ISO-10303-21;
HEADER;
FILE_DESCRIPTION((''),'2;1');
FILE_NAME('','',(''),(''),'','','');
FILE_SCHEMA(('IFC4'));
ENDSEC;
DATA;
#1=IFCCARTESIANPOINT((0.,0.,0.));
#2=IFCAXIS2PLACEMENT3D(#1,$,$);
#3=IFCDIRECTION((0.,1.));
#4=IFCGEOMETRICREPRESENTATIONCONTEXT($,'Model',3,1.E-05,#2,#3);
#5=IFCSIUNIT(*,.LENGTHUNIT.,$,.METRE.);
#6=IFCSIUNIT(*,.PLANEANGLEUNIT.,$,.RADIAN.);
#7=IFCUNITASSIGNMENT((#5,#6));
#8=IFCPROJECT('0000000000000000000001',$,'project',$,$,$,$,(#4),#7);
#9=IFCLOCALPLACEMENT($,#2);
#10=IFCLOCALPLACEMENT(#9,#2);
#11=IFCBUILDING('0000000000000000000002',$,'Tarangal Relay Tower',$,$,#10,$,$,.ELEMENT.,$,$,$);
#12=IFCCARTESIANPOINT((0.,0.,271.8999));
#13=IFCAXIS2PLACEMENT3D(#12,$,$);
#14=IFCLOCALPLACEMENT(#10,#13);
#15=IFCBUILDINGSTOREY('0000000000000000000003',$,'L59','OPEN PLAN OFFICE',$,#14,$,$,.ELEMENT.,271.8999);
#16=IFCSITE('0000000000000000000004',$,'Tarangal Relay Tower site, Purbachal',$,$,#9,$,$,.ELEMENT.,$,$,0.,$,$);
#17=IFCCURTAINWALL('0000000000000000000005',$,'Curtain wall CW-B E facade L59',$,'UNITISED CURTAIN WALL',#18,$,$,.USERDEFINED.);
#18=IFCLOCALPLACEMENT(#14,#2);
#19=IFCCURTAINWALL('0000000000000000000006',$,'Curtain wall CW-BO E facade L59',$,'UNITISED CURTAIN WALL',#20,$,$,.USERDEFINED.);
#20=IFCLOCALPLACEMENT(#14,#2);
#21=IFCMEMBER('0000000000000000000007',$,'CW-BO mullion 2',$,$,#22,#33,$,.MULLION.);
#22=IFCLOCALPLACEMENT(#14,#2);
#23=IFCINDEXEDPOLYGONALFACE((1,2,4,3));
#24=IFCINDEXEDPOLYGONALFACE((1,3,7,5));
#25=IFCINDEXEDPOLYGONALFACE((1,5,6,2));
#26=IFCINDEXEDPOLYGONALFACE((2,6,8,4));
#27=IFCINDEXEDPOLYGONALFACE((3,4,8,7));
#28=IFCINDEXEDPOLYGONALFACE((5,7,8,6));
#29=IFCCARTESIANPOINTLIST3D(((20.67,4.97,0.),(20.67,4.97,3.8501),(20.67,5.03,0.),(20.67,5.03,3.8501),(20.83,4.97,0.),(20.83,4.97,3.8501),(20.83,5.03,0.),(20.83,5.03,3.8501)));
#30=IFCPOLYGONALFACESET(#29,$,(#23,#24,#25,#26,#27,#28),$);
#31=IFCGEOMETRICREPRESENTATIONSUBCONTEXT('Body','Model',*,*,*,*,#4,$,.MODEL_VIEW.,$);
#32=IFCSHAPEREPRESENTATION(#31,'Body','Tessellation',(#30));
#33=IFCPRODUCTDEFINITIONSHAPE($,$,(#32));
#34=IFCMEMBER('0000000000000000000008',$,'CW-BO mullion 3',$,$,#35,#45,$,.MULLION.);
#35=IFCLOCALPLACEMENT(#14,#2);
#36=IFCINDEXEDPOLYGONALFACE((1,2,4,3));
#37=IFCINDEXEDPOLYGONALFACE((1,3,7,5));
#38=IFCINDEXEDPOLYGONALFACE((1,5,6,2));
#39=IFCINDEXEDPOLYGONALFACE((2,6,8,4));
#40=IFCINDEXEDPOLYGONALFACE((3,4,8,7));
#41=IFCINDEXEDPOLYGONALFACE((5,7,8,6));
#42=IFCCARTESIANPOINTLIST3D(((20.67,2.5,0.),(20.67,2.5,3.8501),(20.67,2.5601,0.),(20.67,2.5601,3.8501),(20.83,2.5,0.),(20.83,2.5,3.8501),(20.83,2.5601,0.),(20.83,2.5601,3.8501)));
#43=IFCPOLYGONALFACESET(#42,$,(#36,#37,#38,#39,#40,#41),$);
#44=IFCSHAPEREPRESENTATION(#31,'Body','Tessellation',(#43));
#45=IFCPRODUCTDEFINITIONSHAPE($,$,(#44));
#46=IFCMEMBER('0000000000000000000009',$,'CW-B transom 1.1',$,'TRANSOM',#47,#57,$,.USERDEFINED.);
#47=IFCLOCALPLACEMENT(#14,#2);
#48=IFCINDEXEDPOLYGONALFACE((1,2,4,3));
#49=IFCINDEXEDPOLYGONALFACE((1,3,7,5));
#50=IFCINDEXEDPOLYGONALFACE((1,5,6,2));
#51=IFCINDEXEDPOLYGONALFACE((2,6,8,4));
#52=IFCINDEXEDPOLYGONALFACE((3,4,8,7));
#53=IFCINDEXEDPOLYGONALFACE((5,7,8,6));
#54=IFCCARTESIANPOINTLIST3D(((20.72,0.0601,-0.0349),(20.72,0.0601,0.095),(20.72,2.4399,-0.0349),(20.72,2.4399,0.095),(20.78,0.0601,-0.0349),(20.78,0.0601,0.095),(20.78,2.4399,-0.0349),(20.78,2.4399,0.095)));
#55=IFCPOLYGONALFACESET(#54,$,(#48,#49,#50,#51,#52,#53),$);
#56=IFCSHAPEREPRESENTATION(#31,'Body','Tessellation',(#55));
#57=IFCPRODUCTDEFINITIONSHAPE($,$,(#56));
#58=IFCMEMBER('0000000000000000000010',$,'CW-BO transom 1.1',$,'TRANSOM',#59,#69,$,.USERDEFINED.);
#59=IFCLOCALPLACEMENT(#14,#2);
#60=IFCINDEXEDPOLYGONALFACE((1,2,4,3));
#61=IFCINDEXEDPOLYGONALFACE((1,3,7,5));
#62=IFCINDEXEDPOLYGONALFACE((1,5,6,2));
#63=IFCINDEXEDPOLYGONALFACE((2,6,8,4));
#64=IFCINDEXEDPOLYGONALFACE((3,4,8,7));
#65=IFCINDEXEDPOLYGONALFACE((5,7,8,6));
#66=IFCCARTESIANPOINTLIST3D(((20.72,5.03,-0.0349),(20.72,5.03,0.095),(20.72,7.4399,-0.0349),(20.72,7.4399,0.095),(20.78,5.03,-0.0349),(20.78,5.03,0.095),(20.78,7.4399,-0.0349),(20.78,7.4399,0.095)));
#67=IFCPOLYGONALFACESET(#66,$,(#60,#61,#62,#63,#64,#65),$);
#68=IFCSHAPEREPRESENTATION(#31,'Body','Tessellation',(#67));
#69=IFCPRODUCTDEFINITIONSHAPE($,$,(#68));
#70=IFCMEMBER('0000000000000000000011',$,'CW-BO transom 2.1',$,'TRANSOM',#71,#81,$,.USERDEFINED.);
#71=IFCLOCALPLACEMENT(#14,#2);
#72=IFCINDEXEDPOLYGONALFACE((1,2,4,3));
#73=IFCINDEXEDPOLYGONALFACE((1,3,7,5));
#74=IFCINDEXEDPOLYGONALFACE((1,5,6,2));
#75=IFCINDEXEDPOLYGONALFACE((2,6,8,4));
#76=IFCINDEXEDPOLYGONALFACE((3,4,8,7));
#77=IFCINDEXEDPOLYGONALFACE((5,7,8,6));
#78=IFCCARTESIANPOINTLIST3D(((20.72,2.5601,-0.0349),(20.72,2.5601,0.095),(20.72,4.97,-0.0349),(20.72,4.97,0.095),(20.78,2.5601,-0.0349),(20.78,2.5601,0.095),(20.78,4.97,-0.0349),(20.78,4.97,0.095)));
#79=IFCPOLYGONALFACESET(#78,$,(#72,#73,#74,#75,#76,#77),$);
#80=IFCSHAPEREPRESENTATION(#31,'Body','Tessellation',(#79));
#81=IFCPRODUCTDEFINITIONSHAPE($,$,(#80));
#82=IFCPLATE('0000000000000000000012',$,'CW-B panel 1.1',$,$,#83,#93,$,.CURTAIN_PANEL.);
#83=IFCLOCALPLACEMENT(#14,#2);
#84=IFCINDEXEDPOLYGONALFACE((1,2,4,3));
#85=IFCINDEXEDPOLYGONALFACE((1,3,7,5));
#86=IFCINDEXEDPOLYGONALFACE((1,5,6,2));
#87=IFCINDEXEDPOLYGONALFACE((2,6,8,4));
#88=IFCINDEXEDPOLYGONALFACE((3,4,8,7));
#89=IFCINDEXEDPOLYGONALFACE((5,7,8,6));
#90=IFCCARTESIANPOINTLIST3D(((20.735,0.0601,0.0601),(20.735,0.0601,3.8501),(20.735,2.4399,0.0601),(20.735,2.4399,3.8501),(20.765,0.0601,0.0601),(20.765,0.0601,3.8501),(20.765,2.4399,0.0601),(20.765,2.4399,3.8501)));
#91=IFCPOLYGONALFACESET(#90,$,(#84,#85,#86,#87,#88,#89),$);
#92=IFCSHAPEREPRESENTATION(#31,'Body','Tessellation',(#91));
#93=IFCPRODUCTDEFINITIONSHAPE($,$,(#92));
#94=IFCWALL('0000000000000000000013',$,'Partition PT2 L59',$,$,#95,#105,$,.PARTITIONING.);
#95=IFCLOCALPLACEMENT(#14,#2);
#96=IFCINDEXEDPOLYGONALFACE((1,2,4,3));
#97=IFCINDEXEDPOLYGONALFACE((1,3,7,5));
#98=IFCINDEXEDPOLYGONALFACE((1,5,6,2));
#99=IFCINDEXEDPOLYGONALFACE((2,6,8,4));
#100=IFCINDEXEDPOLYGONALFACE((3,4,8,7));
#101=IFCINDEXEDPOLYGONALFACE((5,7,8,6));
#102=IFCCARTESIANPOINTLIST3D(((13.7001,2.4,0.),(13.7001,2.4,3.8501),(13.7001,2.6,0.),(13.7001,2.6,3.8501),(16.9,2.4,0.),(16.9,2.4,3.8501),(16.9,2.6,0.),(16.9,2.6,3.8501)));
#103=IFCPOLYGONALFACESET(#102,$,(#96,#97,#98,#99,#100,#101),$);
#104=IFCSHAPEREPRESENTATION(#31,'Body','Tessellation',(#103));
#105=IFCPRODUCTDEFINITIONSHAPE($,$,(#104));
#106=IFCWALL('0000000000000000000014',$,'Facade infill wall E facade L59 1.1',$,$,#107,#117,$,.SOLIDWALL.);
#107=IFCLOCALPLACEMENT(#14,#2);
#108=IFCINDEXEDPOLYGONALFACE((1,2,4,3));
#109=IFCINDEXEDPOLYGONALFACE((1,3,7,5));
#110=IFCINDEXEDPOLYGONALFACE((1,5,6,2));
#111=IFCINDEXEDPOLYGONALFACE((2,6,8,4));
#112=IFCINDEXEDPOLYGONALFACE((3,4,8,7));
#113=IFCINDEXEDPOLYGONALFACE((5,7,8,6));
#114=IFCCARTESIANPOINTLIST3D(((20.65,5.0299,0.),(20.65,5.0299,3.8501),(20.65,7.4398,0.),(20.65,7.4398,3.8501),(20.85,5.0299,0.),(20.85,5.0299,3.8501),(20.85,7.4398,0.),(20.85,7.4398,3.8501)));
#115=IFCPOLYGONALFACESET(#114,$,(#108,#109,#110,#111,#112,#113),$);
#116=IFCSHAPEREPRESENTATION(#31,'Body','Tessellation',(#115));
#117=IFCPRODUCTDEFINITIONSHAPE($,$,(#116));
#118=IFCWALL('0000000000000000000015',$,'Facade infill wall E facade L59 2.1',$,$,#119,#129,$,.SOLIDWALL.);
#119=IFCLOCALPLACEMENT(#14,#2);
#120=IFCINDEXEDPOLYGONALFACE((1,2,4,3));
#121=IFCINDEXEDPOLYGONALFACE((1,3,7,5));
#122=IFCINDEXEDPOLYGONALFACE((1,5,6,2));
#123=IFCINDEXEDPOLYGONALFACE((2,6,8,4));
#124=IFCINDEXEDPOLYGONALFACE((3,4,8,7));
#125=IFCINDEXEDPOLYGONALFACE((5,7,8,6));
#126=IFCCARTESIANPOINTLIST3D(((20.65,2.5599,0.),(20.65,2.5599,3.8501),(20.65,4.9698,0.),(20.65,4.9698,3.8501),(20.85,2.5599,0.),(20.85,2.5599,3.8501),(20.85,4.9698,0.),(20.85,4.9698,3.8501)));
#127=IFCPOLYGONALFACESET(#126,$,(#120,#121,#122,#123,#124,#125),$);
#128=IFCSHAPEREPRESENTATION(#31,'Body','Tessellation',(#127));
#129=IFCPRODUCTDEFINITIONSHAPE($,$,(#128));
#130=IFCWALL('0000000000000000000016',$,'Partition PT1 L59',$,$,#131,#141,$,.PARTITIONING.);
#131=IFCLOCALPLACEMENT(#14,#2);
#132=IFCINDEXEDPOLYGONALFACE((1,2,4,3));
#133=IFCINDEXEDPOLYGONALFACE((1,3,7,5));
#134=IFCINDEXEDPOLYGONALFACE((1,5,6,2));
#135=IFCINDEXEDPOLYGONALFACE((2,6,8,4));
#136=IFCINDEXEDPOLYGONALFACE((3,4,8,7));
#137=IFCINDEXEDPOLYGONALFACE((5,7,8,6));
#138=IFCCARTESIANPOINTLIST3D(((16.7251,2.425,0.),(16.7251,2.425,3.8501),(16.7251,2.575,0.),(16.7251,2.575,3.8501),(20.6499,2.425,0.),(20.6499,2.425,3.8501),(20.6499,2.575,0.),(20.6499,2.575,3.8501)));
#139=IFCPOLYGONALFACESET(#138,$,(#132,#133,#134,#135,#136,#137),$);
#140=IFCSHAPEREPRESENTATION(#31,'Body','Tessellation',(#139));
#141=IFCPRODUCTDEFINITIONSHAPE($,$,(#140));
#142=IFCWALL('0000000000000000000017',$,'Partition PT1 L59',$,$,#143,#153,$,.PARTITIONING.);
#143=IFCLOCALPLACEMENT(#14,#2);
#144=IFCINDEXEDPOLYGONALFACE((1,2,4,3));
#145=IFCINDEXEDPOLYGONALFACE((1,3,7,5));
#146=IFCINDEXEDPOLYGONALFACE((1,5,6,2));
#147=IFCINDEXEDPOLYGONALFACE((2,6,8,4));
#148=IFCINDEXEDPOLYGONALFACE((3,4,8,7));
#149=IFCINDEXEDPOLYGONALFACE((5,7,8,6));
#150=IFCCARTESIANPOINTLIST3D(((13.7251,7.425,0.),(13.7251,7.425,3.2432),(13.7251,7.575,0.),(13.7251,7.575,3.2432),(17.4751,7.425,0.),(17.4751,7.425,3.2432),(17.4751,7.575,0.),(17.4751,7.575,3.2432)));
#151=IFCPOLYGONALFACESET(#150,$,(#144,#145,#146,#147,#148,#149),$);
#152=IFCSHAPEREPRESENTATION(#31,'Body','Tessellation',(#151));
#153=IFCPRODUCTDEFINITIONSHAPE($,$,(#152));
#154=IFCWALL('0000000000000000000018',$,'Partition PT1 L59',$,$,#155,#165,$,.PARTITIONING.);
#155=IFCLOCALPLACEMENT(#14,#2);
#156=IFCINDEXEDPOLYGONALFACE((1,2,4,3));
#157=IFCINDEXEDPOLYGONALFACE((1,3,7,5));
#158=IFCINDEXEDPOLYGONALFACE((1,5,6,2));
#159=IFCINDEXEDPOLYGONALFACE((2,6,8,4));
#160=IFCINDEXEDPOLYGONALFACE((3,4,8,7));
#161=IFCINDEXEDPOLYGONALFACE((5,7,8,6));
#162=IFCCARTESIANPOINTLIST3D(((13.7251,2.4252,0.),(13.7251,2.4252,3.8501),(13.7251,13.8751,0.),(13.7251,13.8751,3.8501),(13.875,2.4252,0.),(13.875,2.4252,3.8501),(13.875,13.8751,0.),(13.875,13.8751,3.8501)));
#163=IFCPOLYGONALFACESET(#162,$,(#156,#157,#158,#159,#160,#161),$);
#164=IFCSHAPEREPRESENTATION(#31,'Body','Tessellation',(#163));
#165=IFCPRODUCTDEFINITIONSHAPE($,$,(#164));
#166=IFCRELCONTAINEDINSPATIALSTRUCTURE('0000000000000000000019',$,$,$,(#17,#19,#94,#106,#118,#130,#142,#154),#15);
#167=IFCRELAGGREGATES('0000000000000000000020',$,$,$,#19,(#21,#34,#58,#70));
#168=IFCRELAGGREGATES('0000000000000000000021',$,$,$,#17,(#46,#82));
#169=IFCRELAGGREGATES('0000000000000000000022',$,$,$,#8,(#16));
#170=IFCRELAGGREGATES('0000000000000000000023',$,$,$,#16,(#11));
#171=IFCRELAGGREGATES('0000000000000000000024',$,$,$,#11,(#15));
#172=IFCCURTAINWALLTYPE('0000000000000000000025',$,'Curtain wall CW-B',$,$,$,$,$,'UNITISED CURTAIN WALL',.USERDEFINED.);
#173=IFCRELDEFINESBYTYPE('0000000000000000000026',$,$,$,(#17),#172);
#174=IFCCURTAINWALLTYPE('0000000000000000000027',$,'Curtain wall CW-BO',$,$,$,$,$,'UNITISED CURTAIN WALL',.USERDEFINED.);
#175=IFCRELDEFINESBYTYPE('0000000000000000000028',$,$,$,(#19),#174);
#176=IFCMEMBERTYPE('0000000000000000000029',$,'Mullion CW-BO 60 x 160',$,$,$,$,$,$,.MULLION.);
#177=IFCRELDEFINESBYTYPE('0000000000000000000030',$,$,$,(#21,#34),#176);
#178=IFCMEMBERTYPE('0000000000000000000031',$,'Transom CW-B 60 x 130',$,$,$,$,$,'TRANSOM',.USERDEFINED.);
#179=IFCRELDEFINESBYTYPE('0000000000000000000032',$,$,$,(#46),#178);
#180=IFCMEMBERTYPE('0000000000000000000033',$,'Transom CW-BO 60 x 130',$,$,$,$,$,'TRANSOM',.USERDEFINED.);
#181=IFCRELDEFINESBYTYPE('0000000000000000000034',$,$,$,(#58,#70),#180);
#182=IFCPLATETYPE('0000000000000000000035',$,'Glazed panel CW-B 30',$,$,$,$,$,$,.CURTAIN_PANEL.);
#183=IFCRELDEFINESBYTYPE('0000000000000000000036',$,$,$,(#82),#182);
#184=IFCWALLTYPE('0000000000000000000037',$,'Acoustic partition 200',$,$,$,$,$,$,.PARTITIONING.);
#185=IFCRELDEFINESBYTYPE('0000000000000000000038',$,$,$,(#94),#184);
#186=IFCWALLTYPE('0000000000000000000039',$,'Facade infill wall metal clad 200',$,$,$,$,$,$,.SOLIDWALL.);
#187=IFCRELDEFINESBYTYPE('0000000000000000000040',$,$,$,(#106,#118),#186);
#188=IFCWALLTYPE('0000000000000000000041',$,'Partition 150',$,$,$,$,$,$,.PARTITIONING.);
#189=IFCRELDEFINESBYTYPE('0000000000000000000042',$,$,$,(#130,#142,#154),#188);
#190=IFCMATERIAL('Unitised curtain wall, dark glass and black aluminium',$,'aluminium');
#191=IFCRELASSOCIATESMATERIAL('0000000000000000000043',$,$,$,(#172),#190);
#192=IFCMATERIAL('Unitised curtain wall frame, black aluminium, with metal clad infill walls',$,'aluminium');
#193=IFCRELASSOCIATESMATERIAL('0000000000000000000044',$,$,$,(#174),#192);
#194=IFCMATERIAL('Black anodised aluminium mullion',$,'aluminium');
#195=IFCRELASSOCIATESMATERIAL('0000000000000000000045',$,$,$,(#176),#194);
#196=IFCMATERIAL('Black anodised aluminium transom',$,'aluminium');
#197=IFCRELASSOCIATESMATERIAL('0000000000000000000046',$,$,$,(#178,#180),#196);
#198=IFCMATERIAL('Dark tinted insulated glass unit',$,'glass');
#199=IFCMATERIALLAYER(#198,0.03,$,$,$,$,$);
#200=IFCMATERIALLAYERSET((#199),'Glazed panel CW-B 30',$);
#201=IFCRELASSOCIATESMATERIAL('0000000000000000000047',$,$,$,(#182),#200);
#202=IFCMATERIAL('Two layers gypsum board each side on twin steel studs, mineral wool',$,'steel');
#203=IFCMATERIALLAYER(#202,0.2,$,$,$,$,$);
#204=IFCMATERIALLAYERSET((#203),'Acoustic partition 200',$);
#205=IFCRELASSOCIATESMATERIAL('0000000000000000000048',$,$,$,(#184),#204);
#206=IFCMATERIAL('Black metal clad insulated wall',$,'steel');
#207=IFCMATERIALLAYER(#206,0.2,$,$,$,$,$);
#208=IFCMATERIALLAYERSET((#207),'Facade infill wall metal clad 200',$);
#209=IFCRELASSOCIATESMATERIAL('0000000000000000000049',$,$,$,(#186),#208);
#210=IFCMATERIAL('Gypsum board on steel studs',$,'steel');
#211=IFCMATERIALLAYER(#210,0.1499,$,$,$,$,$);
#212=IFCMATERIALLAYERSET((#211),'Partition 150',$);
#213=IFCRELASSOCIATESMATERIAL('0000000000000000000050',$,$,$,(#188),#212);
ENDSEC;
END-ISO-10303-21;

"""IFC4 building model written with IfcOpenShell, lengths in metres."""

from ifc_helpers import new_model, si_unit, direction, frame, frame_2d, origin, origin_2d, place, context, subcontext, project, spatial, rectangle, extrude, material, layer, layer_set, material_profile, profile_set, type_object, element, aggregate, save


model = new_model("IFC4")

# Units and contexts
model_context = context("Model", 3, precision=1e-05, world=origin(), true_north=direction((0.0, 1.0)))
body_context = subcontext(model_context, "Body", "Model", "MODEL_VIEW")
ifc_project = project(units=[si_unit("LENGTHUNIT", "METRE"), si_unit("PLANEANGLEUNIT", "RADIAN")], contexts=[model_context])

# Site, building, storey
site_placement = place(None, origin())
site = spatial("IfcSite", under=ifc_project, at=site_placement, Name="Tarangal Relay Tower site, Purbachal", CompositionType="ELEMENT", RefElevation=0.0)
building_placement = place(site_placement, origin())
building = spatial("IfcBuilding", under=site, at=building_placement, Name="Tarangal Relay Tower", CompositionType="ELEMENT")
storey_placement = place(building_placement, frame((0.0, 0.0, 271.8999)))
storey = spatial("IfcBuildingStorey", under=building, at=storey_placement, Name="L59", Description="OPEN PLAN OFFICE", CompositionType="ELEMENT", Elevation=271.8999)

# Curtain wall
ifc_material_1 = material(Name="Unitised curtain wall, dark glass and black aluminium", Category="aluminium")
curtain_wall_type_1 = type_object("IfcCurtainWallType", Name="Curtain wall CW-B", ElementType="UNITISED CURTAIN WALL", PredefinedType="USERDEFINED", material=ifc_material_1)
curtain_wall_1_placement = place(storey_placement, origin())
curtain_wall_1 = element("IfcCurtainWall", 1, at=curtain_wall_1_placement, inside=storey, type_object=curtain_wall_type_1, Name="Curtain wall CW-B E facade L59", ObjectType="UNITISED CURTAIN WALL", PredefinedType="USERDEFINED")
ifc_material_2 = material(Name="Black anodised aluminium mullion", Category="aluminium")

# Shared definitions
ifc_material_3 = material(Name="Unitised curtain wall frame, black aluminium, with metal clad infill walls", Category="aluminium")
curtain_wall_type_2 = type_object("IfcCurtainWallType", Name="Curtain wall CW-BO", ElementType="UNITISED CURTAIN WALL", PredefinedType="USERDEFINED", material=ifc_material_3)
ifc_material_profile_1 = material_profile(ifc_material_2, rectangle(XDim=0.1599, YDim=0.0601, at=origin_2d()), Name="CW-BOM 60X160")
ifc_profile_set_1 = profile_set([ifc_material_profile_1], Name="Black anodised aluminium mullion")
member_type_1 = type_object("IfcMemberType", Name="Mullion CW-BO 60 x 160", PredefinedType="MULLION", material=ifc_profile_set_1)

# Curtain wall, members
curtain_wall_2_placement = place(storey_placement, origin())
curtain_wall_2 = element("IfcCurtainWall", 2, at=curtain_wall_2_placement, inside=storey, type_object=curtain_wall_type_2, Name="Curtain wall CW-BO E facade L59", ObjectType="UNITISED CURTAIN WALL", PredefinedType="USERDEFINED")
member_1_placement = place(storey_placement, frame((20.75, 5.0, 0.0), z_axis=(0.0, 0.0, 1.0), x_axis=(1.0, 0.0, 0.0)))
member_1 = element("IfcMember", 3, at=member_1_placement, type_object=member_type_1, Name="CW-BO mullion 2", PredefinedType="MULLION", context=body_context, shape_type="SweptSolid", body=[
    extrude(rectangle(XDim=0.1599, YDim=0.0601, at=origin_2d()), origin(), (0.0, 0.0, 1.0), 3.8501),
])
member_2_placement = place(storey_placement, frame((20.75, 2.53, 0.0), z_axis=(0.0, 0.0, 1.0), x_axis=(1.0, 0.0, 0.0)))
member_2 = element("IfcMember", 4, at=member_2_placement, type_object=member_type_1, Name="CW-BO mullion 3", PredefinedType="MULLION", context=body_context, shape_type="SweptSolid", body=[
    extrude(rectangle(XDim=0.1599, YDim=0.0601, at=origin_2d()), origin(), (0.0, 0.0, 1.0), 3.8501),
])

# Members
ifc_material_4 = material(Name="Black anodised aluminium transom", Category="aluminium")
ifc_material_profile_2 = material_profile(ifc_material_4, rectangle(XDim=0.0601, YDim=0.1299, at=origin_2d()), Name="CW-BT 60X130")
ifc_profile_set_2 = profile_set([ifc_material_profile_2], Name="Black anodised aluminium transom")
member_type_2 = type_object("IfcMemberType", Name="Transom CW-B 60 x 130", ElementType="TRANSOM", PredefinedType="USERDEFINED", material=ifc_profile_set_2)
member_3_placement = place(storey_placement, frame((20.75, 2.4399, 0.03), z_axis=(0.0, -1.0, 0.0), x_axis=(1.0, 0.0, 0.0)))
member_3 = element("IfcMember", 5, at=member_3_placement, type_object=member_type_2, Name="CW-B transom 1.1", ObjectType="TRANSOM", PredefinedType="USERDEFINED", context=body_context, shape_type="SweptSolid", body=[
    extrude(rectangle(XDim=0.0601, YDim=0.1299, at=origin_2d()), origin(), (0.0, 0.0, 1.0), 2.3799),
])
ifc_material_profile_3 = material_profile(ifc_material_4, rectangle(XDim=0.0601, YDim=0.1299, at=origin_2d()), Name="CW-BOT 60X130")
ifc_profile_set_3 = profile_set([ifc_material_profile_3], Name="Black anodised aluminium transom")
member_type_3 = type_object("IfcMemberType", Name="Transom CW-BO 60 x 130", ElementType="TRANSOM", PredefinedType="USERDEFINED", material=ifc_profile_set_3)
member_4_placement = place(storey_placement, frame((20.75, 7.4399, 0.03), z_axis=(0.0, -1.0, 0.0), x_axis=(1.0, 0.0, 0.0)))
member_4 = element("IfcMember", 6, at=member_4_placement, type_object=member_type_3, Name="CW-BO transom 1.1", ObjectType="TRANSOM", PredefinedType="USERDEFINED", context=body_context, shape_type="SweptSolid", body=[
    extrude(rectangle(XDim=0.0601, YDim=0.1299, at=origin_2d()), origin(), (0.0, 0.0, 1.0), 2.4099),
])
member_5_placement = place(storey_placement, frame((20.75, 4.97, 0.03), z_axis=(0.0, -1.0, 0.0), x_axis=(1.0, 0.0, 0.0)))
member_5 = element("IfcMember", 7, at=member_5_placement, type_object=member_type_3, Name="CW-BO transom 2.1", ObjectType="TRANSOM", PredefinedType="USERDEFINED", context=body_context, shape_type="SweptSolid", body=[
    extrude(rectangle(XDim=0.0601, YDim=0.1299, at=origin_2d()), origin(), (0.0, 0.0, 1.0), 2.4099),
])
aggregate(curtain_wall_2, [member_1, member_2, member_4, member_5])

# Plate
ifc_material_5 = material(Name="Dark tinted insulated glass unit", Category="glass")
ifc_layer_1 = layer(ifc_material_5, 0.03)
ifc_layer_set_1 = layer_set([ifc_layer_1], Name="Glazed panel CW-B 30")
plate_type = type_object("IfcPlateType", Name="Glazed panel CW-B 30", PredefinedType="CURTAIN_PANEL", material=ifc_layer_set_1)
plate_placement = place(storey_placement, frame((20.75, 1.25, 0.0601), z_axis=(0.0, 0.0, 1.0), x_axis=(0.0, -1.0, 0.0)))
plate = element("IfcPlate", 8, at=plate_placement, type_object=plate_type, Name="CW-B panel 1.1", PredefinedType="CURTAIN_PANEL", context=body_context, shape_type="SweptSolid", body=[
    extrude(rectangle(XDim=2.3799, YDim=0.03, at=origin_2d()), origin(), (0.0, 0.0, 1.0), 3.79),
])
aggregate(curtain_wall_1, [member_3, plate])

# Walls
ifc_material_6 = material(Name="Two layers gypsum board each side on twin steel studs, mineral wool", Category="steel")
ifc_layer_2 = layer(ifc_material_6, 0.2)
ifc_layer_set_2 = layer_set([ifc_layer_2], Name="Acoustic partition 200")
wall_type_1 = type_object("IfcWallType", Name="Acoustic partition 200", PredefinedType="PARTITIONING", material=ifc_layer_set_2)
wall_1_placement = place(storey_placement, frame((13.7, 2.5, 0.0), z_axis=(0.0, 0.0, 1.0), x_axis=(1.0, 0.0, 0.0)))
element("IfcWall", 9, at=wall_1_placement, inside=storey, type_object=wall_type_1, Name="Partition PT2 L59", PredefinedType="PARTITIONING", context=body_context, shape_type="SweptSolid", body=[
    extrude(rectangle(XDim=3.2, YDim=0.2, at=frame_2d((1.6001, 0.0))), origin(), (0.0, 0.0, 1.0), 3.8501),
])
ifc_material_7 = material(Name="Black metal clad insulated wall", Category="steel")
ifc_layer_3 = layer(ifc_material_7, 0.2)
ifc_layer_set_3 = layer_set([ifc_layer_3], Name="Facade infill wall metal clad 200")
wall_type_2 = type_object("IfcWallType", Name="Facade infill wall metal clad 200", PredefinedType="SOLIDWALL", material=ifc_layer_set_3)
for number, where, z_axis, x_axis, name in (
    (10, (20.75, 7.4399, 0.0), (0.0, 0.0, 1.0), (0.0, -1.0, 0.0), "Facade infill wall E facade L59 1.1"),
    (11, (20.75, 4.97, 0.0), (0.0, 0.0, 1.0), (0.0, -1.0, 0.0), "Facade infill wall E facade L59 2.1"),
):
    element("IfcWall", number, at=place(storey_placement, frame(where, z_axis=z_axis, x_axis=x_axis)), inside=storey, type_object=wall_type_2, Name=name, PredefinedType="SOLIDWALL", context=body_context, shape_type="SweptSolid", body=[
        extrude(rectangle(XDim=2.4099, YDim=0.2, at=frame_2d((1.2051, 0.0))), origin(), (0.0, 0.0, 1.0), 3.8501),
    ])
ifc_material_8 = material(Name="Gypsum board on steel studs", Category="steel")
ifc_layer_4 = layer(ifc_material_8, 0.1499)
ifc_layer_set_4 = layer_set([ifc_layer_4], Name="Partition 150")
wall_type_3 = type_object("IfcWallType", Name="Partition 150", PredefinedType="PARTITIONING", material=ifc_layer_set_4)
wall_2_placement = place(storey_placement, frame((16.7251, 2.5, 0.0), z_axis=(0.0, 0.0, 1.0), x_axis=(1.0, 0.0, 0.0)))
element("IfcWall", 12, at=wall_2_placement, inside=storey, type_object=wall_type_3, Name="Partition PT1 L59", PredefinedType="PARTITIONING", context=body_context, shape_type="SweptSolid", body=[
    extrude(rectangle(XDim=3.9248, YDim=0.1499, at=frame_2d((1.9624, 0.0))), origin(), (0.0, 0.0, 1.0), 3.8501),
])
wall_3_placement = place(storey_placement, frame((13.7251, 7.5, 0.0), z_axis=(0.0, 0.0, 1.0), x_axis=(1.0, 0.0, 0.0)))
element("IfcWall", 13, at=wall_3_placement, inside=storey, type_object=wall_type_3, Name="Partition PT1 L59", PredefinedType="PARTITIONING", context=body_context, shape_type="SweptSolid", body=[
    extrude(rectangle(XDim=3.75, YDim=0.1499, at=frame_2d((1.875, 0.0))), origin(), (0.0, 0.0, 1.0), 3.2432),
])
wall_4_placement = place(storey_placement, frame((13.8, 2.425, 0.0), z_axis=(0.0, 0.0, 1.0), x_axis=(0.0, 1.0, 0.0)))
element("IfcWall", 14, at=wall_4_placement, inside=storey, type_object=wall_type_3, Name="Partition PT1 L59", PredefinedType="PARTITIONING", context=body_context, shape_type="SweptSolid", body=[
    extrude(rectangle(XDim=11.45, YDim=0.1499, at=frame_2d((5.7251, 0.0))), origin(), (0.0, 0.0, 1.0), 3.8501),
])

save(model, "model.ifc")
